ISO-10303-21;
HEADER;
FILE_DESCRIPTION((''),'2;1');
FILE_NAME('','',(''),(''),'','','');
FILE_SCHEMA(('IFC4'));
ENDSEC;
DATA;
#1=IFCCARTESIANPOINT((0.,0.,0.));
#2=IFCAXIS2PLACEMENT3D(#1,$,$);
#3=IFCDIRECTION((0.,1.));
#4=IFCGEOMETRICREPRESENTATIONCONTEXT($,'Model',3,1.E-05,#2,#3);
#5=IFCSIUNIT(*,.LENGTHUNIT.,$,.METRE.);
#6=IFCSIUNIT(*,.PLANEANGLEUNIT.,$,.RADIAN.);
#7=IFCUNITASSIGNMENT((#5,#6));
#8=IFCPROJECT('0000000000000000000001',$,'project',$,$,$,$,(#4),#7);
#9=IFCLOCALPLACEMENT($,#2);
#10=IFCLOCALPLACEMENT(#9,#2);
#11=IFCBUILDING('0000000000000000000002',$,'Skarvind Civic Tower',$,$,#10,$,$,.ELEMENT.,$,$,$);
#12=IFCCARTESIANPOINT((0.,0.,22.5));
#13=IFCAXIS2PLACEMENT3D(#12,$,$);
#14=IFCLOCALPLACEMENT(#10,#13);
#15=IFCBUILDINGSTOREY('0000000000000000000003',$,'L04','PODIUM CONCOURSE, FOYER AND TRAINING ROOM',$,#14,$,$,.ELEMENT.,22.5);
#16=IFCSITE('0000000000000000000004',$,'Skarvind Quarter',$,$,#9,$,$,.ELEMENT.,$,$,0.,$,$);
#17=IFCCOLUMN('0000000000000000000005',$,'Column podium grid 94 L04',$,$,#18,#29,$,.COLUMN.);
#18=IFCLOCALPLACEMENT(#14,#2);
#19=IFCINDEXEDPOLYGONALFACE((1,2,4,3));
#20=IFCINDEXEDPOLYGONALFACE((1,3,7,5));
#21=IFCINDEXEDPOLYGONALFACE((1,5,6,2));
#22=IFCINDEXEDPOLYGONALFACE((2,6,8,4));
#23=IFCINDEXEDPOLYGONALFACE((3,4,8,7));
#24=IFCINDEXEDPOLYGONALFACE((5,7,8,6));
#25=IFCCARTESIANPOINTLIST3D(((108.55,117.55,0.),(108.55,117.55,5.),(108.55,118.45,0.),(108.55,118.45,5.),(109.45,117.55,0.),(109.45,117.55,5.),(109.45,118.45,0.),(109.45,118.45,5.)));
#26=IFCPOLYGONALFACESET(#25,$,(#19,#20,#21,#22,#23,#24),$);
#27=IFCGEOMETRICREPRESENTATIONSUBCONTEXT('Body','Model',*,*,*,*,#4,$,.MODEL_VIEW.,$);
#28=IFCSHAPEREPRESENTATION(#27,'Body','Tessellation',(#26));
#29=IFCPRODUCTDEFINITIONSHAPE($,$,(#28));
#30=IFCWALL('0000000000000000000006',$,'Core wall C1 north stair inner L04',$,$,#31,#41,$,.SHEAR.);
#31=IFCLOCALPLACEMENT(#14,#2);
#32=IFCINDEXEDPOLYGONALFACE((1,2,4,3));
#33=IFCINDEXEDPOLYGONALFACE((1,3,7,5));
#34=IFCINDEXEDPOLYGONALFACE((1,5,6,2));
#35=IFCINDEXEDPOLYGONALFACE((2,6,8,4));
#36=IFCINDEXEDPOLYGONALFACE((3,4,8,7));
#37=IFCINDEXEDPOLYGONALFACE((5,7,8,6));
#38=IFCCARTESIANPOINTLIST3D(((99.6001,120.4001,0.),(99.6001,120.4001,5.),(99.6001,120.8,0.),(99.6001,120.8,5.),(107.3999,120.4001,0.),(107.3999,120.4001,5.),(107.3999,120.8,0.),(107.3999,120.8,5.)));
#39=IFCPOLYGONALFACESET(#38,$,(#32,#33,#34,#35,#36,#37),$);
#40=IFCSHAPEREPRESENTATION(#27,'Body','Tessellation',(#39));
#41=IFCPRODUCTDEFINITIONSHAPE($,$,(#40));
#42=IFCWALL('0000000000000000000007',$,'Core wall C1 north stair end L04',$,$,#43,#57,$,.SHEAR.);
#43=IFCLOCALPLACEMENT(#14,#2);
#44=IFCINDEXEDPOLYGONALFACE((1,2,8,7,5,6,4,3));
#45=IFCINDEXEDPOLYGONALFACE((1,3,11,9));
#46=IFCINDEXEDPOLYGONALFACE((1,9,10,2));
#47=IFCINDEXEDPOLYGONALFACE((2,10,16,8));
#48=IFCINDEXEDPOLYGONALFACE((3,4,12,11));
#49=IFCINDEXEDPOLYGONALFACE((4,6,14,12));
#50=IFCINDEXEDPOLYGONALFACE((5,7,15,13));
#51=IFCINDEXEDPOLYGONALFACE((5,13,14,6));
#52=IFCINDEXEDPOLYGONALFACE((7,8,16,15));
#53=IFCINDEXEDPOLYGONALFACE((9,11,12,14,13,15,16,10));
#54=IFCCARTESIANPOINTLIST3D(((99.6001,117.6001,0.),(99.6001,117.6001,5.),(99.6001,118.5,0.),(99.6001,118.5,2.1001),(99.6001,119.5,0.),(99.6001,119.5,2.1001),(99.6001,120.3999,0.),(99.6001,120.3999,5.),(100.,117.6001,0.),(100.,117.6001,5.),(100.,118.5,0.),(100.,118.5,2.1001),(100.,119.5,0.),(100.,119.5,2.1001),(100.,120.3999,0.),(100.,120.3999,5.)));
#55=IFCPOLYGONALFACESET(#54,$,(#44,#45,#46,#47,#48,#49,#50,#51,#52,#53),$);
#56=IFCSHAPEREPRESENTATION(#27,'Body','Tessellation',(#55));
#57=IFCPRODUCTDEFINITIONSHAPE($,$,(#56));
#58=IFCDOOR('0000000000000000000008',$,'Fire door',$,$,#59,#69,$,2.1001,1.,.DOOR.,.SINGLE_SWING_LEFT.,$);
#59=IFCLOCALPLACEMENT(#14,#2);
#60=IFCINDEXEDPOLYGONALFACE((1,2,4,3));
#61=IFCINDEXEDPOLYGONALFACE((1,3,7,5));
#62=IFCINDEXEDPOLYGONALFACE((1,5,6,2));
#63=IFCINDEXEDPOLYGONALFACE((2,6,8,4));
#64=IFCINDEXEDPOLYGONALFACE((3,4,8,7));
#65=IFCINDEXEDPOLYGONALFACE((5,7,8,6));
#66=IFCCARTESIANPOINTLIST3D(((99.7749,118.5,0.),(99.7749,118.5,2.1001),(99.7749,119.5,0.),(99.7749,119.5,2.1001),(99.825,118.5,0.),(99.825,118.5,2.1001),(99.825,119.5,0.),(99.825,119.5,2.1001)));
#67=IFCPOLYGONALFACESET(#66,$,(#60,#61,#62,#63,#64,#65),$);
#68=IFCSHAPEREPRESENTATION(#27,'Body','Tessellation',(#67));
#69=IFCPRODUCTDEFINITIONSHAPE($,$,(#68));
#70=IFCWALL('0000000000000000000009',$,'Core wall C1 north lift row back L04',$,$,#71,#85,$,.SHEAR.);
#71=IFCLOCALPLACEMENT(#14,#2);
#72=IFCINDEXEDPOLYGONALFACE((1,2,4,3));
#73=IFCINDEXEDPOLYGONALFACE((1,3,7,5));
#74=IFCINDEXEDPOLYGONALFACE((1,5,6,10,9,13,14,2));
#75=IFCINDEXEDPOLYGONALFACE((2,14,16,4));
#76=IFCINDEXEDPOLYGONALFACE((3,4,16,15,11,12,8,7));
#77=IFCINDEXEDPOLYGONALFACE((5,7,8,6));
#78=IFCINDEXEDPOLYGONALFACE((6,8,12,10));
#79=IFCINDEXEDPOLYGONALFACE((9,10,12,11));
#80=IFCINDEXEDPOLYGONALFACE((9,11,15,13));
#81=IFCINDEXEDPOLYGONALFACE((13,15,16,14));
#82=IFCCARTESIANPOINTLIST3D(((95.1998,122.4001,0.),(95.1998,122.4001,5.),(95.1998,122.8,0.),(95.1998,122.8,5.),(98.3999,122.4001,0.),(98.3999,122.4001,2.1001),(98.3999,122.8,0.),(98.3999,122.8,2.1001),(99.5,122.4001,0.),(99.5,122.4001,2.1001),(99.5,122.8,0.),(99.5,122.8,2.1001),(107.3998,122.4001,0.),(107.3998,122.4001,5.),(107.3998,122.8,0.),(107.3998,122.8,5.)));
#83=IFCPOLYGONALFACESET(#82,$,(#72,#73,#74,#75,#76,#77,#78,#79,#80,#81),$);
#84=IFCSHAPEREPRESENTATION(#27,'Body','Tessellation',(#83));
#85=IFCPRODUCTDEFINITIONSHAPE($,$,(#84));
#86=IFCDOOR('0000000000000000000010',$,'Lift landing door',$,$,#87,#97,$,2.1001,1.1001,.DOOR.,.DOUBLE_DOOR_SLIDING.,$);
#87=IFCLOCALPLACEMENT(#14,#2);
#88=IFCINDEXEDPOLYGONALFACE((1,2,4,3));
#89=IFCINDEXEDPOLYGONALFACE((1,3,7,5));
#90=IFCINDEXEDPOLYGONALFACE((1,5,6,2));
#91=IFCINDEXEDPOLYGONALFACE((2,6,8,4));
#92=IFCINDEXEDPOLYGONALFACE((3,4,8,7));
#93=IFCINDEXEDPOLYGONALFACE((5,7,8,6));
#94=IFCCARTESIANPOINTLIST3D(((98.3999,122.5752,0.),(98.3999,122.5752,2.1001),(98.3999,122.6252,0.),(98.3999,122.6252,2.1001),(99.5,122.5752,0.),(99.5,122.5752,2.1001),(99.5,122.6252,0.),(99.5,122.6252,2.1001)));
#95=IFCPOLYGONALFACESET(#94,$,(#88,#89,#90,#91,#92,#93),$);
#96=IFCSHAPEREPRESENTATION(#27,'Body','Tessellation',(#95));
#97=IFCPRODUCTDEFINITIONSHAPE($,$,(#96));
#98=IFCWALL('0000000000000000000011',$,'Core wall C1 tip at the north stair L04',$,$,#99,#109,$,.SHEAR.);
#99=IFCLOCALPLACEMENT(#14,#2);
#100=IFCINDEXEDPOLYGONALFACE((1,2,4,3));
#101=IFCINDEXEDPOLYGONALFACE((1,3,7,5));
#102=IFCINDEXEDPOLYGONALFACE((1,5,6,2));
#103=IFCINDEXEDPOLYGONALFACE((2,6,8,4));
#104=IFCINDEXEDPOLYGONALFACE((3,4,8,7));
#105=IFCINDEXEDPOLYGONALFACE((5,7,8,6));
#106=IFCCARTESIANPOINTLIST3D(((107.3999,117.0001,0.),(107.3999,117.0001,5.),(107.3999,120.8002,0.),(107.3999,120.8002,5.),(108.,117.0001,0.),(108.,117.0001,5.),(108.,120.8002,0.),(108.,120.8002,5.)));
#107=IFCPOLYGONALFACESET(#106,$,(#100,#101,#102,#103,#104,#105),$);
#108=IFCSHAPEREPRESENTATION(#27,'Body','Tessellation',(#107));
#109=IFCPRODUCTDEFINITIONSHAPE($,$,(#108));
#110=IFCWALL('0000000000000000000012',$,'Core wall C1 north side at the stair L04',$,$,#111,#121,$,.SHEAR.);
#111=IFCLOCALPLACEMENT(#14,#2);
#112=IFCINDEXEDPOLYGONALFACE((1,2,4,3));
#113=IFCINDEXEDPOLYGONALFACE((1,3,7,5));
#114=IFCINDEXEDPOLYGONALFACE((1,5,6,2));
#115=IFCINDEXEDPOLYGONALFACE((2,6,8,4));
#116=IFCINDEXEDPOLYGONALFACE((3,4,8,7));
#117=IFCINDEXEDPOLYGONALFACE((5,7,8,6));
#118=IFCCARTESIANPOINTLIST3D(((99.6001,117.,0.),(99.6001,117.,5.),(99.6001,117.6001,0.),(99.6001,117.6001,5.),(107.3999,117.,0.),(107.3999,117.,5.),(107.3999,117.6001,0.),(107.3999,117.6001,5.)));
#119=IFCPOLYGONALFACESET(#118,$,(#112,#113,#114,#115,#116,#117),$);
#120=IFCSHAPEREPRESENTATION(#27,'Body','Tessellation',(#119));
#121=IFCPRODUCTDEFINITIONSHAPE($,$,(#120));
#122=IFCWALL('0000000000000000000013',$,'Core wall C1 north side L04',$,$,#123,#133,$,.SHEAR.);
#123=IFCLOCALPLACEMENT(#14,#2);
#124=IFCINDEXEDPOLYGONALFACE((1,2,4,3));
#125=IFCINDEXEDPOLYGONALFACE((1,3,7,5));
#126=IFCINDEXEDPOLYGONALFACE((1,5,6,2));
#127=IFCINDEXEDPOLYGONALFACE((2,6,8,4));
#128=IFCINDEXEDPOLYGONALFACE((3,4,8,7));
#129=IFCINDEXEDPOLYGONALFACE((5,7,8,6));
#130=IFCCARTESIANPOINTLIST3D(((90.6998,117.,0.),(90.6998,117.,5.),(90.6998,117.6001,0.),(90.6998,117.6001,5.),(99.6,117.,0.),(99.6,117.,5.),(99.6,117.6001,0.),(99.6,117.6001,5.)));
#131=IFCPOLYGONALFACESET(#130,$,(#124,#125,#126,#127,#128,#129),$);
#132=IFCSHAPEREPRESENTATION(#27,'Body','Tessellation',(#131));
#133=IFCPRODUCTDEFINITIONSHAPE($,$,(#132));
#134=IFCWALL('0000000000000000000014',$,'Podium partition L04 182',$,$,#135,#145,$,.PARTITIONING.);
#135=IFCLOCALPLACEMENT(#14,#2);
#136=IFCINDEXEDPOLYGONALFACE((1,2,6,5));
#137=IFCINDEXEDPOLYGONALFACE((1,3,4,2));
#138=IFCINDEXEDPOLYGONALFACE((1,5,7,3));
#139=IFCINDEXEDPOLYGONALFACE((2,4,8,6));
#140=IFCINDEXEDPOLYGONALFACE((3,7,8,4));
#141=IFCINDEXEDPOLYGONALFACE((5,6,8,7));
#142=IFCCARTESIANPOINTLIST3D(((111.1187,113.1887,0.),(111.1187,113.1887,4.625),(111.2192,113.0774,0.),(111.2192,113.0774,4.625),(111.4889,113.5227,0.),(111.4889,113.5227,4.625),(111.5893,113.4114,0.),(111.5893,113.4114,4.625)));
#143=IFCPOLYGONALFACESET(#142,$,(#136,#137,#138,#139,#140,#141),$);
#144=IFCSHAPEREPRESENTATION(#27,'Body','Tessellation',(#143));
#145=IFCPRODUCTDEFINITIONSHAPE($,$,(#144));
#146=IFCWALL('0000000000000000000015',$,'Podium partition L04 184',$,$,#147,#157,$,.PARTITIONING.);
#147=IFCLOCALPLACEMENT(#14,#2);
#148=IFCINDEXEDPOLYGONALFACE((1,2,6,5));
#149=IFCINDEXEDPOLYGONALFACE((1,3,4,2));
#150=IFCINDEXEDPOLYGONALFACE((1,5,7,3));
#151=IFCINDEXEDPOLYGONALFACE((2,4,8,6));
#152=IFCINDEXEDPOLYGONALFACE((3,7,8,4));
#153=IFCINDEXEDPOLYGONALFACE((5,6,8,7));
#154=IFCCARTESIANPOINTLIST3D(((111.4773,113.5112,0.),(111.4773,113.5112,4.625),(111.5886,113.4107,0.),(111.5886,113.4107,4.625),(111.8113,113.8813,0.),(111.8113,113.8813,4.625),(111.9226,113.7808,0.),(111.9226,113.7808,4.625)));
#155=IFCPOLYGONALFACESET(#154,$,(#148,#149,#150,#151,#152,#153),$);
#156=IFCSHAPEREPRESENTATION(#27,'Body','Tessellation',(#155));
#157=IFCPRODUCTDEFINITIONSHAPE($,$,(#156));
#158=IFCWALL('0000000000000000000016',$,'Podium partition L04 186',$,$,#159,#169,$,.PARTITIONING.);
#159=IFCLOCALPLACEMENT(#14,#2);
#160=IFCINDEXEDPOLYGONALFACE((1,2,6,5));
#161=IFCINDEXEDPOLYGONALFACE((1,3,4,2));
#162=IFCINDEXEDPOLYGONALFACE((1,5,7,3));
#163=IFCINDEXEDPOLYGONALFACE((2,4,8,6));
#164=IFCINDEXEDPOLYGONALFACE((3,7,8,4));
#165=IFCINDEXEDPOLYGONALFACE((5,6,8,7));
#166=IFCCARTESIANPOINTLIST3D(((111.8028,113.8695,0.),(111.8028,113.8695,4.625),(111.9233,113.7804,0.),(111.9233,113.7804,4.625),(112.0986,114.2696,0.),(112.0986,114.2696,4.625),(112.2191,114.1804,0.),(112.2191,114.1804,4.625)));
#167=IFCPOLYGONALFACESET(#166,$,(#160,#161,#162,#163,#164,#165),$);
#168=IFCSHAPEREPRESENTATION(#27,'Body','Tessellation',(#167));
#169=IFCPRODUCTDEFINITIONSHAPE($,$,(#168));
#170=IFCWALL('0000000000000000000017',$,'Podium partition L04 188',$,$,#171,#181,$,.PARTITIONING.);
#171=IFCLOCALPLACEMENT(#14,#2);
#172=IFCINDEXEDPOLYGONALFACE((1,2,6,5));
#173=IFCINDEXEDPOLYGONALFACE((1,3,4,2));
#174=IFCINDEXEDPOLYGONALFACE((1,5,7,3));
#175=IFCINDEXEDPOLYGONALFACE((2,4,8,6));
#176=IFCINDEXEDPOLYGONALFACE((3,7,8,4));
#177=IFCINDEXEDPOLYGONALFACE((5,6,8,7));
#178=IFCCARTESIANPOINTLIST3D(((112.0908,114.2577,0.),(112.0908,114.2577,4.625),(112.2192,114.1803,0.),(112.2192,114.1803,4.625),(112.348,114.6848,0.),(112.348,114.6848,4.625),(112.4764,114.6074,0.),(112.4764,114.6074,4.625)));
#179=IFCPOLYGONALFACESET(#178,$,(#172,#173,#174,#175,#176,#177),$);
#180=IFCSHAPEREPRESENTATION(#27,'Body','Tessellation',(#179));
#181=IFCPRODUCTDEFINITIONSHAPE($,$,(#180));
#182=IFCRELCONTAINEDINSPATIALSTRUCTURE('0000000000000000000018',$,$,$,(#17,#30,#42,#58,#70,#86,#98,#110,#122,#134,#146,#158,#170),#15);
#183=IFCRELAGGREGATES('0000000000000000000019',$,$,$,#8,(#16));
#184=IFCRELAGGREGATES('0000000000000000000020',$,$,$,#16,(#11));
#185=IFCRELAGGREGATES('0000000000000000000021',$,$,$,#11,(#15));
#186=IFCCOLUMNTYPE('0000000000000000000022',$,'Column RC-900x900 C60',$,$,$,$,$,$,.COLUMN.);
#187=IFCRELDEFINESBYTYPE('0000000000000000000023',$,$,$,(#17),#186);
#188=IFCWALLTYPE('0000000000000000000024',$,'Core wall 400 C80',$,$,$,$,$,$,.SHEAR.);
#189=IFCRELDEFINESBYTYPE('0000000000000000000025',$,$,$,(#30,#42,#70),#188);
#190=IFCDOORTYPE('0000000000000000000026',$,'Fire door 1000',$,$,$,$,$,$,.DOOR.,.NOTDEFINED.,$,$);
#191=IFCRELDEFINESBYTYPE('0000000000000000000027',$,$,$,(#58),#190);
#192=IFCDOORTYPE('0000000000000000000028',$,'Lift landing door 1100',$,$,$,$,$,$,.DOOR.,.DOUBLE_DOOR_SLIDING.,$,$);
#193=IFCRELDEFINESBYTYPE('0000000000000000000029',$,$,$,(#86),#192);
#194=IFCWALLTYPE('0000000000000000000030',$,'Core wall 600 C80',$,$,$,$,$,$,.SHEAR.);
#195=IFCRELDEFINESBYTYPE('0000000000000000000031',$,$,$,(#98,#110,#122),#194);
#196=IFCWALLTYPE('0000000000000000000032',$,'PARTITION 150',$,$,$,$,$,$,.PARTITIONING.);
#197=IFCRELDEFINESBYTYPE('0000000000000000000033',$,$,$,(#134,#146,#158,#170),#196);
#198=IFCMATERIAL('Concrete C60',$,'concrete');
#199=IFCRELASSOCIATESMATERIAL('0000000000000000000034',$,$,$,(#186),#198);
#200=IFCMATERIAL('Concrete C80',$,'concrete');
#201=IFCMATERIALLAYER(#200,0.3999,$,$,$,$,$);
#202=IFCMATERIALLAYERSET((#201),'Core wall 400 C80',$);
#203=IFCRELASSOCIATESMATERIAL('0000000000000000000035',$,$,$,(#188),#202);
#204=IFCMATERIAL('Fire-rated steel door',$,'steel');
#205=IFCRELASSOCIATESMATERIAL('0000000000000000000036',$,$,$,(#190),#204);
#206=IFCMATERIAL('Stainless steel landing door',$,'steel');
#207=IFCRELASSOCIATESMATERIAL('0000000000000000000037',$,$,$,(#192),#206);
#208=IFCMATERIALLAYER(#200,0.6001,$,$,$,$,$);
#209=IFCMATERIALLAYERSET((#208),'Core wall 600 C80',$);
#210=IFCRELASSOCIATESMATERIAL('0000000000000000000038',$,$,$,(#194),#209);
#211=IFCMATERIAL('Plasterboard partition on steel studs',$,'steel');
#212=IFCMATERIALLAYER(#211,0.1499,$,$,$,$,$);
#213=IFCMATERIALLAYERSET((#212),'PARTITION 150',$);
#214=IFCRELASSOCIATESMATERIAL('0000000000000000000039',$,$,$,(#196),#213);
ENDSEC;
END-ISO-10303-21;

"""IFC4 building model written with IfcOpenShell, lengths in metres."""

from ifc_helpers import new_model, si_unit, direction, frame, frame_2d, origin, origin_2d, place, context, subcontext, project, spatial, rectangle, extrude, material, layer, layer_set, material_profile, profile_set, type_object, element, fill, save


model = new_model("IFC4")

# Units and contexts
model_context = context("Model", 3, precision=1e-05, world=origin(), true_north=direction((0.0, 1.0)))
body_context = subcontext(model_context, "Body", "Model", "MODEL_VIEW")
ifc_project = project(units=[si_unit("LENGTHUNIT", "METRE"), si_unit("PLANEANGLEUNIT", "RADIAN")], contexts=[model_context])

# Site, building, storey
site_placement = place(None, origin())
site = spatial("IfcSite", under=ifc_project, at=site_placement, Name="Skarvind Quarter", CompositionType="ELEMENT", RefElevation=0.0)
building_placement = place(site_placement, origin())
building = spatial("IfcBuilding", under=site, at=building_placement, Name="Skarvind Civic Tower", CompositionType="ELEMENT")
storey_placement = place(building_placement, frame((0.0, 0.0, 22.5)))
storey = spatial("IfcBuildingStorey", under=building, at=storey_placement, Name="L04", Description="PODIUM CONCOURSE, FOYER AND TRAINING ROOM", CompositionType="ELEMENT", Elevation=22.5)

# Column
ifc_material_1 = material(Name="Concrete C60", Category="concrete")
ifc_material_profile = material_profile(ifc_material_1, rectangle(XDim=0.8999, YDim=0.8999, at=origin_2d()), Name="RC-900x900")
ifc_profile_set = profile_set([ifc_material_profile], Name="Concrete C60")
column_type = type_object("IfcColumnType", Name="Column RC-900x900 C60", PredefinedType="COLUMN", material=ifc_profile_set)
column_placement = place(storey_placement, frame((109.0, 118.0, 0.0), z_axis=(0.0, 0.0, 1.0), x_axis=(1.0, 0.0, 0.0)))
element("IfcColumn", 1, at=column_placement, inside=storey, type_object=column_type, Name="Column podium grid 94 L04", PredefinedType="COLUMN", context=body_context, shape_type="SweptSolid", body=[
    extrude(rectangle(XDim=0.8999, YDim=0.8999, at=origin_2d()), origin(), (0.0, 0.0, 1.0), 5.0),
])

# Wall
ifc_material_2 = material(Name="Concrete C80", Category="concrete")
ifc_layer_1 = layer(ifc_material_2, 0.3999)
ifc_layer_set_1 = layer_set([ifc_layer_1], Name="Core wall 400 C80")
wall_type_1 = type_object("IfcWallType", Name="Core wall 400 C80", PredefinedType="SHEAR", material=ifc_layer_set_1)
wall_1_placement = place(storey_placement, frame((107.3999, 120.6001, 0.0), z_axis=(0.0, 0.0, 1.0), x_axis=(-1.0, 0.0, 0.0)))
element("IfcWall", 2, at=wall_1_placement, inside=storey, type_object=wall_type_1, Name="Core wall C1 north stair inner L04", PredefinedType="SHEAR", context=body_context, shape_type="SweptSolid", body=[
    extrude(rectangle(XDim=7.7998, YDim=0.3999, at=frame_2d((3.8999, 0.0))), origin(), (0.0, 0.0, 1.0), 5.0),
])

# Walls, openings, doors
wall_2_placement = place(storey_placement, frame((99.8, 120.3999, 0.0), z_axis=(0.0, 0.0, 1.0), x_axis=(0.0, -1.0, 0.0)))
wall_2 = element("IfcWall", 3, at=wall_2_placement, inside=storey, type_object=wall_type_1, Name="Core wall C1 north stair end L04", PredefinedType="SHEAR", context=body_context, shape_type="SweptSolid", body=[
    extrude(rectangle(XDim=2.7998, YDim=0.3999, at=frame_2d((1.3999, 0.0))), origin(), (0.0, 0.0, 1.0), 5.0),
])
opening_1_placement = place(wall_2_placement, frame((0.8999, 0.0, 0.0)))
opening_1 = element("IfcOpeningElement", 4, at=opening_1_placement, cuts=wall_2, PredefinedType="OPENING", context=body_context, shape_type="SweptSolid", body=[
    extrude(rectangle(XDim=1.0, YDim=2.1001, at=frame_2d((0.5, 1.05))), frame((0.0, 0.21, 0.0), z_axis=(0.0, -1.0, 0.0), x_axis=(1.0, 0.0, 0.0)), (0.0, 0.0, 1.0), 0.4199),
])
ifc_material_3 = material(Name="Fire-rated steel door", Category="steel")
door_type_1 = type_object("IfcDoorType", Name="Fire door 1000", OperationType="NOTDEFINED", PredefinedType="DOOR", material=ifc_material_3)
door_1_placement = place(opening_1_placement, origin())
door_1 = element("IfcDoor", 5, at=door_1_placement, inside=storey, type_object=door_type_1, Name="Fire door", OperationType="SINGLE_SWING_LEFT", OverallHeight=2.1001, OverallWidth=1.0, PredefinedType="DOOR", context=body_context, shape_type="SweptSolid", body=[
    extrude(rectangle(XDim=1.0, YDim=2.1001, at=frame_2d((0.5, 1.05))), frame((0.0, 0.0249, 0.0), z_axis=(0.0, -1.0, 0.0), x_axis=(1.0, 0.0, 0.0)), (0.0, 0.0, 1.0), 0.05),
])
fill(opening_1, door_1)
wall_3_placement = place(storey_placement, frame((107.3999, 122.6001, 0.0), z_axis=(0.0, 0.0, 1.0), x_axis=(-1.0, 0.0, 0.0)))
wall_3 = element("IfcWall", 6, at=wall_3_placement, inside=storey, type_object=wall_type_1, Name="Core wall C1 north lift row back L04", PredefinedType="SHEAR", context=body_context, shape_type="SweptSolid", body=[
    extrude(rectangle(XDim=12.2, YDim=0.3999, at=frame_2d((6.1001, 0.0))), origin(), (0.0, 0.0, 1.0), 5.0),
])
opening_2_placement = place(wall_3_placement, frame((7.8999, 0.0, 0.0)))
opening_2 = element("IfcOpeningElement", 7, at=opening_2_placement, cuts=wall_3, PredefinedType="OPENING", context=body_context, shape_type="SweptSolid", body=[
    extrude(rectangle(XDim=1.1001, YDim=2.1001, at=frame_2d((0.55, 1.05))), frame((0.0, 0.21, 0.0), z_axis=(0.0, -1.0, 0.0), x_axis=(1.0, 0.0, 0.0)), (0.0, 0.0, 1.0), 0.4199),
])
ifc_material_4 = material(Name="Stainless steel landing door", Category="steel")
door_type_2 = type_object("IfcDoorType", Name="Lift landing door 1100", OperationType="DOUBLE_DOOR_SLIDING", PredefinedType="DOOR", material=ifc_material_4)
door_2_placement = place(opening_2_placement, origin())
door_2 = element("IfcDoor", 8, at=door_2_placement, inside=storey, type_object=door_type_2, Name="Lift landing door", OperationType="DOUBLE_DOOR_SLIDING", OverallHeight=2.1001, OverallWidth=1.1001, PredefinedType="DOOR", context=body_context, shape_type="SweptSolid", body=[
    extrude(rectangle(XDim=1.1001, YDim=2.1001, at=frame_2d((0.55, 1.05))), frame((0.0, 0.0249, 0.0), z_axis=(0.0, -1.0, 0.0), x_axis=(1.0, 0.0, 0.0)), (0.0, 0.0, 1.0), 0.05),
])
fill(opening_2, door_2)

# Walls
ifc_layer_2 = layer(ifc_material_2, 0.6001)
ifc_layer_set_2 = layer_set([ifc_layer_2], Name="Core wall 600 C80")
wall_type_2 = type_object("IfcWallType", Name="Core wall 600 C80", PredefinedType="SHEAR", material=ifc_layer_set_2)
wall_4_placement = place(storey_placement, frame((107.7, 120.8, 0.0), z_axis=(0.0, 0.0, 1.0), x_axis=(0.0, -1.0, 0.0)))
element("IfcWall", 9, at=wall_4_placement, inside=storey, type_object=wall_type_2, Name="Core wall C1 tip at the north stair L04", PredefinedType="SHEAR", context=body_context, shape_type="SweptSolid", body=[
    extrude(rectangle(XDim=3.8, YDim=0.6001, at=frame_2d((1.8999, 0.0))), origin(), (0.0, 0.0, 1.0), 5.0),
])
wall_5_placement = place(storey_placement, frame((107.3999, 117.3, 0.0), z_axis=(0.0, 0.0, 1.0), x_axis=(-1.0, 0.0, 0.0)))
element("IfcWall", 10, at=wall_5_placement, inside=storey, type_object=wall_type_2, Name="Core wall C1 north side at the stair L04", PredefinedType="SHEAR", context=body_context, shape_type="SweptSolid", body=[
    extrude(rectangle(XDim=7.7998, YDim=0.6001, at=frame_2d((3.8999, 0.0))), origin(), (0.0, 0.0, 1.0), 5.0),
])
wall_6_placement = place(storey_placement, frame((99.6001, 117.3, 0.0), z_axis=(0.0, 0.0, 1.0), x_axis=(-1.0, 0.0, 0.0)))
element("IfcWall", 11, at=wall_6_placement, inside=storey, type_object=wall_type_2, Name="Core wall C1 north side L04", PredefinedType="SHEAR", context=body_context, shape_type="SweptSolid", body=[
    extrude(rectangle(XDim=8.9001, YDim=0.6001, at=frame_2d((4.4502, 0.0))), origin(), (0.0, 0.0, 1.0), 5.0),
])
ifc_material_5 = material(Name="Plasterboard partition on steel studs", Category="steel")
ifc_layer_3 = layer(ifc_material_5, 0.1499)
ifc_layer_set_3 = layer_set([ifc_layer_3], Name="PARTITION 150")
wall_type_3 = type_object("IfcWallType", Name="PARTITION 150", PredefinedType="PARTITIONING", material=ifc_layer_set_3)
for number, where, z_axis, x_axis, name in (
    (12, (111.1689, 113.1331, 0.0), (0.0, 0.0, 1.0), (0.742417, 0.669938, 0.0), "Podium partition L04 182"),
    (13, (111.533, 113.4609, 0.0), (0.0, 0.0, 1.0), (0.669938, 0.742417, 0.0), "Podium partition L04 184"),
):
    element("IfcWall", number, at=place(storey_placement, frame(where, z_axis=z_axis, x_axis=x_axis)), inside=storey, type_object=wall_type_3, Name=name, PredefinedType="PARTITIONING", context=body_context, shape_type="SweptSolid", body=[
        extrude(rectangle(XDim=0.4985, YDim=0.1499, at=frame_2d((0.2493, 0.0))), origin(), (0.0, 0.0, 1.0), 4.625),
    ])
wall_7_placement = place(storey_placement, frame((111.863, 113.825, 0.0), z_axis=(0.0, 0.0, 1.0), x_axis=(0.59457, 0.804044, 0.0)))
element("IfcWall", 14, at=wall_7_placement, inside=storey, type_object=wall_type_3, Name="Podium partition L04 186", PredefinedType="PARTITIONING", context=body_context, shape_type="SweptSolid", body=[
    extrude(rectangle(XDim=0.4976, YDim=0.1499, at=frame_2d((0.2488, 0.0))), origin(), (0.0, 0.0, 1.0), 4.625),
])
wall_8_placement = place(storey_placement, frame((112.155, 114.219, 0.0), z_axis=(0.0, 0.0, 1.0), x_axis=(0.515792, 0.856714, 0.0)))
element("IfcWall", 15, at=wall_8_placement, inside=storey, type_object=wall_type_3, Name="Podium partition L04 188", PredefinedType="PARTITIONING", context=body_context, shape_type="SweptSolid", body=[
    extrude(rectangle(XDim=0.4985, YDim=0.1499, at=frame_2d((0.2493, 0.0))), origin(), (0.0, 0.0, 1.0), 4.625),
])

save(model, "model.ifc")
